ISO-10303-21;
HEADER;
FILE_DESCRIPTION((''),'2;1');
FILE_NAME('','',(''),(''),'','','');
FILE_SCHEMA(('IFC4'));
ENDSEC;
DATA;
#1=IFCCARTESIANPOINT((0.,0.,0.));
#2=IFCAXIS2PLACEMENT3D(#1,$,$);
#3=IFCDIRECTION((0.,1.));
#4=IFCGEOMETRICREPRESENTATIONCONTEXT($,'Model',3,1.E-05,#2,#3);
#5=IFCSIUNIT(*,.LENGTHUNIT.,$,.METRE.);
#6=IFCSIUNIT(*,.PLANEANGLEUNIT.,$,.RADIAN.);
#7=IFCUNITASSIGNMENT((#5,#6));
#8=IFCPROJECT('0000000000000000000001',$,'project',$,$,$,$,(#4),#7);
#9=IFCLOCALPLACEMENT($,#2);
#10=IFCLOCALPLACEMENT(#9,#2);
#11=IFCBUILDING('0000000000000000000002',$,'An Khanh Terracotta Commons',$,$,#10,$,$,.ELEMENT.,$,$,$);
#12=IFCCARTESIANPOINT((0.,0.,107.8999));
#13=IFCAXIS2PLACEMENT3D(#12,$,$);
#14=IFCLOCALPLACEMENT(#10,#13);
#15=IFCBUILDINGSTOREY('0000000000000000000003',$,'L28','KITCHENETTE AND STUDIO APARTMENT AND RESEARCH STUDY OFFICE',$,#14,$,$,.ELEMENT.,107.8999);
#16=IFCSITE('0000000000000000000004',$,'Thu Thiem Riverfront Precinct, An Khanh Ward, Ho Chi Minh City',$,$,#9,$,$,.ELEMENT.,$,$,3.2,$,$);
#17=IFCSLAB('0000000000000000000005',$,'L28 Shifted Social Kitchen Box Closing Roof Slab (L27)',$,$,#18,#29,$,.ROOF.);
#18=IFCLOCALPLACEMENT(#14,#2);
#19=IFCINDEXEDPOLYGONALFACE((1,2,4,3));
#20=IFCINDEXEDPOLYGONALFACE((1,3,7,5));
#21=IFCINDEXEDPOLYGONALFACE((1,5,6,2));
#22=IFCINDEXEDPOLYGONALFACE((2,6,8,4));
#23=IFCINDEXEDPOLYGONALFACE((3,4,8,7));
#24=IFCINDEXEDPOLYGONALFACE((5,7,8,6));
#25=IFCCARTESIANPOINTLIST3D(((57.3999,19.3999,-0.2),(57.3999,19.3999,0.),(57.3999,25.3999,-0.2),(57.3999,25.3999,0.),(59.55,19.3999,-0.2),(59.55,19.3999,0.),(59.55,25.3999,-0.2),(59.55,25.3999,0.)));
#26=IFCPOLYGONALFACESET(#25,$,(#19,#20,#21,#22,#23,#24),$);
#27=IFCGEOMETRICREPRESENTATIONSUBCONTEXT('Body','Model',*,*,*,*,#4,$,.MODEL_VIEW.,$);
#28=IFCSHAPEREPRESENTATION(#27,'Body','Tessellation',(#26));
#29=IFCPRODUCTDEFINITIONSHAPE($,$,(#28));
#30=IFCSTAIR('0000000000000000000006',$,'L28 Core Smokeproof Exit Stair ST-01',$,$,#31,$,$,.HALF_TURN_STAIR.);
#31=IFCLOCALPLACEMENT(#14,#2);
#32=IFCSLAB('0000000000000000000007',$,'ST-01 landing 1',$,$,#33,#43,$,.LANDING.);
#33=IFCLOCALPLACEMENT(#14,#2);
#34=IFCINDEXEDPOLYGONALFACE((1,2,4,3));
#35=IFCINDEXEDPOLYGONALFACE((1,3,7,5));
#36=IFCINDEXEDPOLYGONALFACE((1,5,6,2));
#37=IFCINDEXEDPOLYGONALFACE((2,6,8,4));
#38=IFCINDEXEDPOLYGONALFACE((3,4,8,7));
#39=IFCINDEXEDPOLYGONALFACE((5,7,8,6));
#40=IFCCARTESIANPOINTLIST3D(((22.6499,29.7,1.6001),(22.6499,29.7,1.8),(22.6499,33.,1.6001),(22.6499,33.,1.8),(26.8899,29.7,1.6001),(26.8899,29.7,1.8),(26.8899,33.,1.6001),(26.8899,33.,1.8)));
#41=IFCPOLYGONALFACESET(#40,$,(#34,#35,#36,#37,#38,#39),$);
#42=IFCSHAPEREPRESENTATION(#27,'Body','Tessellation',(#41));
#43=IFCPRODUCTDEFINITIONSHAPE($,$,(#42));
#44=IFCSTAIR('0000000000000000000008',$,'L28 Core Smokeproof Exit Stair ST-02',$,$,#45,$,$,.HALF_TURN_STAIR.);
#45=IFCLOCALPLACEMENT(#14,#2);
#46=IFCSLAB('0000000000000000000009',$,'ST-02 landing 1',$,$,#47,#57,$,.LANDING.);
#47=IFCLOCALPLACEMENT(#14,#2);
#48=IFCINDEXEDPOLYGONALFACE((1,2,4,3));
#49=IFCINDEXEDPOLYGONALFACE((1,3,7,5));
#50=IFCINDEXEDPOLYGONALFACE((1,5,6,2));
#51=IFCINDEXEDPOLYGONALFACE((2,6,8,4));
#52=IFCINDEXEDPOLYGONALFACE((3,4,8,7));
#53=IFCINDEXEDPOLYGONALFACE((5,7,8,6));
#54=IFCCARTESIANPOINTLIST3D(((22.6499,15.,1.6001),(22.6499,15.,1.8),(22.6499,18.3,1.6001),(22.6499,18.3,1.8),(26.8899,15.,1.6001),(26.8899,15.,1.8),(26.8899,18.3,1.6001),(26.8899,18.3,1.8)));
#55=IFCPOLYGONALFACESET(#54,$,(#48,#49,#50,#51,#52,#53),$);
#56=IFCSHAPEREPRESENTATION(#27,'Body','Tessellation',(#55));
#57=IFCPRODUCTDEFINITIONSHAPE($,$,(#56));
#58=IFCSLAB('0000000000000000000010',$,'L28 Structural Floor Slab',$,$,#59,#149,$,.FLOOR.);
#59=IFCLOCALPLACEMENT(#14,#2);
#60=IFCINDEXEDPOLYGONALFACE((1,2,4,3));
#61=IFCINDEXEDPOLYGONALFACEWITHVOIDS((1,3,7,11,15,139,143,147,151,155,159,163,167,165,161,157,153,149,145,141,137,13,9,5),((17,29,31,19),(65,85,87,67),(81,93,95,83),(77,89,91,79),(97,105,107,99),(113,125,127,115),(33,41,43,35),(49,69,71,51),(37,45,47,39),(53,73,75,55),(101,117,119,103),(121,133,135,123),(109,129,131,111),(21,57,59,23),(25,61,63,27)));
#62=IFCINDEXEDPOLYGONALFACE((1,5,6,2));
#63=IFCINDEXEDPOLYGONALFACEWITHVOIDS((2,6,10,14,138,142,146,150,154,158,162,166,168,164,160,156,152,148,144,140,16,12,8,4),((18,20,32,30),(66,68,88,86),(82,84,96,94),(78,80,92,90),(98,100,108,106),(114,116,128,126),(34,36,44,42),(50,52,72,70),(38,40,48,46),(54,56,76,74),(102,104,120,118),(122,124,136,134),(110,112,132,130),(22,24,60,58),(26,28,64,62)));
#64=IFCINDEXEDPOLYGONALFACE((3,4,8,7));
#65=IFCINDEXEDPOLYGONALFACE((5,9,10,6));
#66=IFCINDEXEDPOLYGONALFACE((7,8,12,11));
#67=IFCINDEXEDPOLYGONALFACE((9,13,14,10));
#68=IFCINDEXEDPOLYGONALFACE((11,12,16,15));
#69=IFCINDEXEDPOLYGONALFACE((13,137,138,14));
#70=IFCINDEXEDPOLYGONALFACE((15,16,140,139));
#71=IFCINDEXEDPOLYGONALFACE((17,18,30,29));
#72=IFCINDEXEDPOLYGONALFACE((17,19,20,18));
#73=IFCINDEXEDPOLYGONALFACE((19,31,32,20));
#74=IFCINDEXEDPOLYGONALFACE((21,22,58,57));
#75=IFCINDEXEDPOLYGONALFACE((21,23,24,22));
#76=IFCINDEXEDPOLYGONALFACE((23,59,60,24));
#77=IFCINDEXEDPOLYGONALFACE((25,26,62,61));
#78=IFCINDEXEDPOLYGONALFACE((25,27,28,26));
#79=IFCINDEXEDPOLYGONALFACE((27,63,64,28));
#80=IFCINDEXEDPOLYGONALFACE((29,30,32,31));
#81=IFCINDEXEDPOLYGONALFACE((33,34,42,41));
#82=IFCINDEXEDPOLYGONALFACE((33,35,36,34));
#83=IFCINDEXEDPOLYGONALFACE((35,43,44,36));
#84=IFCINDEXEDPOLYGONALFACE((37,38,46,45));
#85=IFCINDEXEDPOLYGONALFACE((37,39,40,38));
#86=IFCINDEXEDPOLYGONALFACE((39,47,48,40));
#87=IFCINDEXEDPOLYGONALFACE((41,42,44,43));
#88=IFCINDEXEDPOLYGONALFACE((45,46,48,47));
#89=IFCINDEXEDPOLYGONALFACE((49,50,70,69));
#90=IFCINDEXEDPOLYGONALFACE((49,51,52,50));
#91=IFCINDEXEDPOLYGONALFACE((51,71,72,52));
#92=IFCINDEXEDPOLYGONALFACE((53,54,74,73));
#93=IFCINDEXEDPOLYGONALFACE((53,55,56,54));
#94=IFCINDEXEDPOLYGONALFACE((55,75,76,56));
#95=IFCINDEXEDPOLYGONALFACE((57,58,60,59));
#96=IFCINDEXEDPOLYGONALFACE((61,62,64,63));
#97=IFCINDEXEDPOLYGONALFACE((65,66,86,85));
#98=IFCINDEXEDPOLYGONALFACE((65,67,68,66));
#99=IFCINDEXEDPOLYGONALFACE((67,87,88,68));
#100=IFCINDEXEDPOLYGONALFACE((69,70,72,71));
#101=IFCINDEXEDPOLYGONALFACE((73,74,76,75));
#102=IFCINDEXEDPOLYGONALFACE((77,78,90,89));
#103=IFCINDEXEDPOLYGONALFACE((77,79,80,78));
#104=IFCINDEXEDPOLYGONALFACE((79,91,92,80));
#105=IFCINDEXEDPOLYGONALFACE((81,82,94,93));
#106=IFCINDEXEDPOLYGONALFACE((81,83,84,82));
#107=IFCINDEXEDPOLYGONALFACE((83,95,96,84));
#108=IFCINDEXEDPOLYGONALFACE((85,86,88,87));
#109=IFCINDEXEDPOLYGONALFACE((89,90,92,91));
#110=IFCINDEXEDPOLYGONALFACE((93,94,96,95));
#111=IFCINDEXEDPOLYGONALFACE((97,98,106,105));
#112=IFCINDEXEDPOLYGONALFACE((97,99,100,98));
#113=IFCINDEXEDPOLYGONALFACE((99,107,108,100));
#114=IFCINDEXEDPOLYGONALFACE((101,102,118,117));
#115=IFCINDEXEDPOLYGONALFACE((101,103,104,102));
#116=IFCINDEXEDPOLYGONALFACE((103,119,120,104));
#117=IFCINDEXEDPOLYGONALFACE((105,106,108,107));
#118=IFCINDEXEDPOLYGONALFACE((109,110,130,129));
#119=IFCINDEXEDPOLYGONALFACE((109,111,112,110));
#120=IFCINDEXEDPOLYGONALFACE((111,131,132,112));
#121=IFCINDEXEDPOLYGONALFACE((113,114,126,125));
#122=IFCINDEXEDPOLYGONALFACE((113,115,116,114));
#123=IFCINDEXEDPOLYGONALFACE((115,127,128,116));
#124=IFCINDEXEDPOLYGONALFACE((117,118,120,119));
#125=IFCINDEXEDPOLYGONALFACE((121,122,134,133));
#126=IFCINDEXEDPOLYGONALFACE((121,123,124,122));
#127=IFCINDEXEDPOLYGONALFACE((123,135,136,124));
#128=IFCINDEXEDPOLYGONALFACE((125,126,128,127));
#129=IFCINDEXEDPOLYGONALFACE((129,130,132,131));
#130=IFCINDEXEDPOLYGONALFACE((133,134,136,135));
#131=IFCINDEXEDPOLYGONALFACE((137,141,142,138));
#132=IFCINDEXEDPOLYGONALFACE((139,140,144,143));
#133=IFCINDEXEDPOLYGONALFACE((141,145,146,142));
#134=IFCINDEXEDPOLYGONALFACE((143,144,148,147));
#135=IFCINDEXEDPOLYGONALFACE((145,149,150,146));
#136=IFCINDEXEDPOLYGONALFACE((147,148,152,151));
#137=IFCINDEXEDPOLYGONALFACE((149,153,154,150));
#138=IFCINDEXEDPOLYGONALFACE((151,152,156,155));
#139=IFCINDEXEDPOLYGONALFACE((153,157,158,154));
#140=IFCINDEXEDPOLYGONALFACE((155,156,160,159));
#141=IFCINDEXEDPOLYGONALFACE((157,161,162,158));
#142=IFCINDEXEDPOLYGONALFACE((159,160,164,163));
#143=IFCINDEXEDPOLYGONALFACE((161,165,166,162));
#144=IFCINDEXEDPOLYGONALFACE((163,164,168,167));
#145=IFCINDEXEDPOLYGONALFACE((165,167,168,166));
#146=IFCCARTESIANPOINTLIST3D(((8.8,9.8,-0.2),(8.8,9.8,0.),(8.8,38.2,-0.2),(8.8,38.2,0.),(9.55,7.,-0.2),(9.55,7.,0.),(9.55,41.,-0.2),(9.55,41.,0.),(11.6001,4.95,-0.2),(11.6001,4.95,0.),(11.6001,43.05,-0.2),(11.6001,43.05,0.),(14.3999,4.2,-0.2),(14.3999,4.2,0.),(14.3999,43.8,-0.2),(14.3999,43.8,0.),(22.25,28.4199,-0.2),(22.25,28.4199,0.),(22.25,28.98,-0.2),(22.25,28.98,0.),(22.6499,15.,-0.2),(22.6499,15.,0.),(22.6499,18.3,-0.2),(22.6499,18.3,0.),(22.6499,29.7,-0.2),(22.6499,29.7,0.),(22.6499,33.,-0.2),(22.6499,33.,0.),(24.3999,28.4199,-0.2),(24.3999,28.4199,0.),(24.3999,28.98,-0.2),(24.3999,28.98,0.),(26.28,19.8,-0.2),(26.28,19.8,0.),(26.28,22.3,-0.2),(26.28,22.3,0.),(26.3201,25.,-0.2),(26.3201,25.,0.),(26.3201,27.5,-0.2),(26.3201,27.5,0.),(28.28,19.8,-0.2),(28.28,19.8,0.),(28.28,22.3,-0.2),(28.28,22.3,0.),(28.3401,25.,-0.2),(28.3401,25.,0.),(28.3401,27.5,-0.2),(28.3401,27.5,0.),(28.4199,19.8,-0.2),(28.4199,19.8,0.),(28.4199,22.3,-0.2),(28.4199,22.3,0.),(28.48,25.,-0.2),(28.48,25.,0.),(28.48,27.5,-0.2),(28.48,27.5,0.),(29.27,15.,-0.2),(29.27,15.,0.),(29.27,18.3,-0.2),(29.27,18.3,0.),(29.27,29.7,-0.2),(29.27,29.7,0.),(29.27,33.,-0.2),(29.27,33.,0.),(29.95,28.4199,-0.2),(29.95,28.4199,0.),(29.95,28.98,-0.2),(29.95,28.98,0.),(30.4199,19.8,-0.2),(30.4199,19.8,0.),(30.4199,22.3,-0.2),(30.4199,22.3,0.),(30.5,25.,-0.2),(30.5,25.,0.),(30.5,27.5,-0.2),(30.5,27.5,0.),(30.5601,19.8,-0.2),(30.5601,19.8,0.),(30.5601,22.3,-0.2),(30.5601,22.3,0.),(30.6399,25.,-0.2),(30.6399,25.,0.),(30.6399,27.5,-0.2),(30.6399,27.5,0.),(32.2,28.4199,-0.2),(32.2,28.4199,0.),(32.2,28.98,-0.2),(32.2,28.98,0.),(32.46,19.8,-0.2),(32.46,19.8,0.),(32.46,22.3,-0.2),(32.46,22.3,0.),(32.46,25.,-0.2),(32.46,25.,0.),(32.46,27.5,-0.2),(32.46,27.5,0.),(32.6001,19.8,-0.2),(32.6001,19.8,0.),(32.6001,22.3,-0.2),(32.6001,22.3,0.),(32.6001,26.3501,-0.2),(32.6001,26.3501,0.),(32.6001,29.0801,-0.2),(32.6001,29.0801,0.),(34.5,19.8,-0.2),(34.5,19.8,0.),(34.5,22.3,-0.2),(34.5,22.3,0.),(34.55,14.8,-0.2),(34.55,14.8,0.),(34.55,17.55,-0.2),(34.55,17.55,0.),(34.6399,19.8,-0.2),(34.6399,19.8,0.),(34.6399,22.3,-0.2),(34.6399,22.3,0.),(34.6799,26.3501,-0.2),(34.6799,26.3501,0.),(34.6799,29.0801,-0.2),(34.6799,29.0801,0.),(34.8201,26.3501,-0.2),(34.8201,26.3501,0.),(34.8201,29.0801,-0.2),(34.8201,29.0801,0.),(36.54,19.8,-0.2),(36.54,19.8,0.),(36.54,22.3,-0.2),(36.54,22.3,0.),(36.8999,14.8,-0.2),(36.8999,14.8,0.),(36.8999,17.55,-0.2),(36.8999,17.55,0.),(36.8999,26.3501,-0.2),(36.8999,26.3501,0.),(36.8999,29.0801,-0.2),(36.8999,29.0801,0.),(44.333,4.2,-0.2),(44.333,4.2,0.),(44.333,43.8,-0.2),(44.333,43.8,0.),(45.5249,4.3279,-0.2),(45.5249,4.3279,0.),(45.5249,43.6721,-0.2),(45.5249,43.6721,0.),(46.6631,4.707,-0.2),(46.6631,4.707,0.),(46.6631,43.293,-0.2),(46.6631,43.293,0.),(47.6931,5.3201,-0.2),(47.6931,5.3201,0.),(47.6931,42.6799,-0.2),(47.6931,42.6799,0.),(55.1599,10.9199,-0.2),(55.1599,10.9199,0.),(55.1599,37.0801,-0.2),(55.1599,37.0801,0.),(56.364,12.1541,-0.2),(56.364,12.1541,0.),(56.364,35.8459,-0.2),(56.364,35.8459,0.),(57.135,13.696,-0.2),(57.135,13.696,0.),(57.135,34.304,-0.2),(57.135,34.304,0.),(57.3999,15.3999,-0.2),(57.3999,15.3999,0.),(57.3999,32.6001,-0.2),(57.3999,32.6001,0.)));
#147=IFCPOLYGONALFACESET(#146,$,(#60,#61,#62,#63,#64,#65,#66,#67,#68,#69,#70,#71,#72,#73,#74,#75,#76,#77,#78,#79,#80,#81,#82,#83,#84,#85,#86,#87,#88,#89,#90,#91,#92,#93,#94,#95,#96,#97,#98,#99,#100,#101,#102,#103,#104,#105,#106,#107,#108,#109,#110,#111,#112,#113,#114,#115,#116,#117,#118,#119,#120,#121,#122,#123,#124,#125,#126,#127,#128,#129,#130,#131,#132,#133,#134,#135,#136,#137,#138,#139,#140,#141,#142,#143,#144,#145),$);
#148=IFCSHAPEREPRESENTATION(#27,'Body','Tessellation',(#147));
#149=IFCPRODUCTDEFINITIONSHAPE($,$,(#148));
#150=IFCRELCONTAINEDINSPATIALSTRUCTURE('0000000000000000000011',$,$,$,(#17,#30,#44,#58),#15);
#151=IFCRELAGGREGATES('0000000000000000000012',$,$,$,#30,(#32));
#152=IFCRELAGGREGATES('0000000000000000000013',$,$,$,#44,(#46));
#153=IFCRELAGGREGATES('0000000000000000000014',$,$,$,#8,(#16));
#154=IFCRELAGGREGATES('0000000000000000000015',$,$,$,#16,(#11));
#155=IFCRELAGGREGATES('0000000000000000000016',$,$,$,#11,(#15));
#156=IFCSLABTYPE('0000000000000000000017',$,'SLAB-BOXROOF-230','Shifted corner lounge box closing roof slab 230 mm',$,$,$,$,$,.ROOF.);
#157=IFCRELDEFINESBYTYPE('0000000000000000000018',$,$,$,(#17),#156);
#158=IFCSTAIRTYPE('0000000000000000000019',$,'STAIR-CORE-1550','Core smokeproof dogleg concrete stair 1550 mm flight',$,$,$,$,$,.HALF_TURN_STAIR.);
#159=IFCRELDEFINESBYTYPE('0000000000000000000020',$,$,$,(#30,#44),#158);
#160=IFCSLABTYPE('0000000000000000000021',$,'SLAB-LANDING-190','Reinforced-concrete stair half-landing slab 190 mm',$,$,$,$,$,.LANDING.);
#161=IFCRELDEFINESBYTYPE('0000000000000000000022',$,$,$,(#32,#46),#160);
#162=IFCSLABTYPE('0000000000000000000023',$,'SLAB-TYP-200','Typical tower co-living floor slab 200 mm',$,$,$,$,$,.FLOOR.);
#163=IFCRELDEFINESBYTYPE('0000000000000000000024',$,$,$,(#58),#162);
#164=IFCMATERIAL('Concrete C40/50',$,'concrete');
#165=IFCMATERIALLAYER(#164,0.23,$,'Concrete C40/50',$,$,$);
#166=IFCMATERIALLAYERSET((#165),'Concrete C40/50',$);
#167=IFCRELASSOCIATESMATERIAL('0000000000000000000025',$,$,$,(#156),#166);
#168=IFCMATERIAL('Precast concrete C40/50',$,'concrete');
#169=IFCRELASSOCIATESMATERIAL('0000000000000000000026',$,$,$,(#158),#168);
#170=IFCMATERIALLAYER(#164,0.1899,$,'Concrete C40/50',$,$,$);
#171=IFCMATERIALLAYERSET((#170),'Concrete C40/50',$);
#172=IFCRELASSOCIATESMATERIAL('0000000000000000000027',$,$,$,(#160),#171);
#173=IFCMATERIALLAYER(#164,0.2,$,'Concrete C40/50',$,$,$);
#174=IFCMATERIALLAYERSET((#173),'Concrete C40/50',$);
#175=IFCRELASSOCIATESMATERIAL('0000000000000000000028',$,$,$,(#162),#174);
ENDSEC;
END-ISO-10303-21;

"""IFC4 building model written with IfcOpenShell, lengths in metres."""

from ifc_helpers import new_model, si_unit, direction, frame, origin, place, context, subcontext, project, spatial, polyline, outline, extrude, material, layer, layer_set, type_object, element, aggregate, save


model = new_model("IFC4")

# Units and contexts
model_context = context("Model", 3, precision=1e-05, world=origin(), true_north=direction((0.0, 1.0)))
body_context = subcontext(model_context, "Body", "Model", "MODEL_VIEW")
ifc_project = project(units=[si_unit("LENGTHUNIT", "METRE"), si_unit("PLANEANGLEUNIT", "RADIAN")], contexts=[model_context])

# Site, building, storey
site_placement = place(None, origin())
site = spatial("IfcSite", under=ifc_project, at=site_placement, Name="Thu Thiem Riverfront Precinct, An Khanh Ward, Ho Chi Minh City", CompositionType="ELEMENT", RefElevation=3.2)
building_placement = place(site_placement, origin())
building = spatial("IfcBuilding", under=site, at=building_placement, Name="An Khanh Terracotta Commons", CompositionType="ELEMENT")
storey_placement = place(building_placement, frame((0.0, 0.0, 107.8999)))
storey = spatial("IfcBuildingStorey", under=building, at=storey_placement, Name="L28", Description="KITCHENETTE AND STUDIO APARTMENT AND RESEARCH STUDY OFFICE", CompositionType="ELEMENT", Elevation=107.8999)

# Slab
ifc_material_1 = material(Name="Concrete C40/50", Category="concrete")
ifc_layer_1 = layer(ifc_material_1, 0.23, Name="Concrete C40/50")
ifc_layer_set_1 = layer_set([ifc_layer_1], Name="Concrete C40/50")
slab_type_1 = type_object("IfcSlabType", Name="SLAB-BOXROOF-230", Description="Shifted corner lounge box closing roof slab 230 mm", PredefinedType="ROOF", material=ifc_layer_set_1)
slab_1_placement = place(storey_placement, frame((0.0, 0.0, -0.2)))
element("IfcSlab", 1, at=slab_1_placement, inside=storey, type_object=slab_type_1, Name="L28 Shifted Social Kitchen Box Closing Roof Slab (L27)", PredefinedType="ROOF", context=body_context, shape_type="SweptSolid", body=[
    extrude(outline(polyline([(57.3999, 19.3999), (59.55, 19.3999), (59.55, 25.3999), (57.3999, 25.3999), (57.3999, 19.3999)])), origin(), (0.0, 0.0, 1.0), 0.2),
])

# Stairs, slabs
ifc_material_2 = material(Name="Precast concrete C40/50", Category="concrete")
stair_type = type_object("IfcStairType", Name="STAIR-CORE-1550", Description="Core smokeproof dogleg concrete stair 1550 mm flight", PredefinedType="HALF_TURN_STAIR", material=ifc_material_2)
stair_1_placement = place(storey_placement, origin())
stair_1 = element("IfcStair", 2, at=stair_1_placement, inside=storey, type_object=stair_type, Name="L28 Core Smokeproof Exit Stair ST-01", PredefinedType="HALF_TURN_STAIR")
ifc_layer_2 = layer(ifc_material_1, 0.1899, Name="Concrete C40/50")
ifc_layer_set_2 = layer_set([ifc_layer_2], Name="Concrete C40/50")
slab_type_2 = type_object("IfcSlabType", Name="SLAB-LANDING-190", Description="Reinforced-concrete stair half-landing slab 190 mm", PredefinedType="LANDING", material=ifc_layer_set_2)
slab_2_placement = place(storey_placement, frame((0.0, 0.0, 1.6001)))
slab_2 = element("IfcSlab", 3, at=slab_2_placement, type_object=slab_type_2, Name="ST-01 landing 1", PredefinedType="LANDING", context=body_context, shape_type="SweptSolid", body=[
    extrude(outline(polyline([(26.8899, 33.0), (22.6499, 33.0), (22.6499, 29.7), (26.8899, 29.7), (26.8899, 33.0)])), origin(), (0.0, 0.0, 1.0), 0.2),
])
aggregate(stair_1, [slab_2])
stair_2_placement = place(storey_placement, origin())
stair_2 = element("IfcStair", 4, at=stair_2_placement, inside=storey, type_object=stair_type, Name="L28 Core Smokeproof Exit Stair ST-02", PredefinedType="HALF_TURN_STAIR")
slab_3_placement = place(storey_placement, frame((0.0, 0.0, 1.6001)))
slab_3 = element("IfcSlab", 5, at=slab_3_placement, type_object=slab_type_2, Name="ST-02 landing 1", PredefinedType="LANDING", context=body_context, shape_type="SweptSolid", body=[
    extrude(outline(polyline([(26.8899, 18.3), (22.6499, 18.3), (22.6499, 15.0), (26.8899, 15.0), (26.8899, 18.3)])), origin(), (0.0, 0.0, 1.0), 0.2),
])
aggregate(stair_2, [slab_3])

# Slab
ifc_layer_3 = layer(ifc_material_1, 0.2, Name="Concrete C40/50")
ifc_layer_set_3 = layer_set([ifc_layer_3], Name="Concrete C40/50")
slab_type_3 = type_object("IfcSlabType", Name="SLAB-TYP-200", Description="Typical tower co-living floor slab 200 mm", PredefinedType="FLOOR", material=ifc_layer_set_3)
slab_4_placement = place(storey_placement, frame((0.0, 0.0, -0.2)))
element("IfcSlab", 6, at=slab_4_placement, inside=storey, type_object=slab_type_3, Name="L28 Structural Floor Slab", PredefinedType="FLOOR", context=body_context, shape_type="SweptSolid", body=[
    extrude(outline(polyline([(8.8, 9.8), (9.55, 7.0), (11.6001, 4.95), (14.3999, 4.2), (44.333, 4.2), (45.5249, 4.3279), (46.6631, 4.707), (47.6931, 5.3201), (55.1599, 10.9199), (56.364, 12.1541), (57.135, 13.696), (57.3999, 15.3999), (57.3999, 32.6001), (57.135, 34.304), (56.364, 35.8459), (55.1599, 37.0801), (47.6931, 42.6799), (46.6631, 43.293), (45.5249, 43.6721), (44.333, 43.8), (14.3999, 43.8), (11.6001, 43.05), (9.55, 41.0), (8.8, 38.2), (8.8, 9.8)]), holes=[polyline([(22.6499, 29.7), (29.27, 29.7), (29.27, 33.0), (22.6499, 33.0), (22.6499, 29.7)]), polyline([(22.6499, 15.0), (29.27, 15.0), (29.27, 18.3), (22.6499, 18.3), (22.6499, 15.0)]), polyline([(32.6001, 26.3501), (34.6799, 26.3501), (34.6799, 29.0801), (32.6001, 29.0801), (32.6001, 26.3501)]), polyline([(34.8201, 26.3501), (36.8999, 26.3501), (36.8999, 29.0801), (34.8201, 29.0801), (34.8201, 26.3501)]), polyline([(34.55, 14.8), (36.8999, 14.8), (36.8999, 17.55), (34.55, 17.55), (34.55, 14.8)]), polyline([(26.3201, 25.0), (28.3401, 25.0), (28.3401, 27.5), (26.3201, 27.5), (26.3201, 25.0)]), polyline([(28.48, 25.0), (30.5, 25.0), (30.5, 27.5), (28.48, 27.5), (28.48, 25.0)]), polyline([(26.28, 19.8), (28.28, 19.8), (28.28, 22.3), (26.28, 22.3), (26.28, 19.8)]), polyline([(28.4199, 19.8), (30.4199, 19.8), (30.4199, 22.3), (28.4199, 22.3), (28.4199, 19.8)]), polyline([(30.6399, 25.0), (32.46, 25.0), (32.46, 27.5), (30.6399, 27.5), (30.6399, 25.0)]), polyline([(30.5601, 19.8), (32.46, 19.8), (32.46, 22.3), (30.5601, 22.3), (30.5601, 19.8)]), polyline([(32.6001, 19.8), (34.5, 19.8), (34.5, 22.3), (32.6001, 22.3), (32.6001, 19.8)]), polyline([(34.6399, 19.8), (36.54, 19.8), (36.54, 22.3), (34.6399, 22.3), (34.6399, 19.8)]), polyline([(22.25, 28.4199), (24.3999, 28.4199), (24.3999, 28.98), (22.25, 28.98), (22.25, 28.4199)]), polyline([(29.95, 28.4199), (32.2, 28.4199), (32.2, 28.98), (29.95, 28.98), (29.95, 28.4199)])]), origin(), (0.0, 0.0, 1.0), 0.2),
])

save(model, "model.ifc")
